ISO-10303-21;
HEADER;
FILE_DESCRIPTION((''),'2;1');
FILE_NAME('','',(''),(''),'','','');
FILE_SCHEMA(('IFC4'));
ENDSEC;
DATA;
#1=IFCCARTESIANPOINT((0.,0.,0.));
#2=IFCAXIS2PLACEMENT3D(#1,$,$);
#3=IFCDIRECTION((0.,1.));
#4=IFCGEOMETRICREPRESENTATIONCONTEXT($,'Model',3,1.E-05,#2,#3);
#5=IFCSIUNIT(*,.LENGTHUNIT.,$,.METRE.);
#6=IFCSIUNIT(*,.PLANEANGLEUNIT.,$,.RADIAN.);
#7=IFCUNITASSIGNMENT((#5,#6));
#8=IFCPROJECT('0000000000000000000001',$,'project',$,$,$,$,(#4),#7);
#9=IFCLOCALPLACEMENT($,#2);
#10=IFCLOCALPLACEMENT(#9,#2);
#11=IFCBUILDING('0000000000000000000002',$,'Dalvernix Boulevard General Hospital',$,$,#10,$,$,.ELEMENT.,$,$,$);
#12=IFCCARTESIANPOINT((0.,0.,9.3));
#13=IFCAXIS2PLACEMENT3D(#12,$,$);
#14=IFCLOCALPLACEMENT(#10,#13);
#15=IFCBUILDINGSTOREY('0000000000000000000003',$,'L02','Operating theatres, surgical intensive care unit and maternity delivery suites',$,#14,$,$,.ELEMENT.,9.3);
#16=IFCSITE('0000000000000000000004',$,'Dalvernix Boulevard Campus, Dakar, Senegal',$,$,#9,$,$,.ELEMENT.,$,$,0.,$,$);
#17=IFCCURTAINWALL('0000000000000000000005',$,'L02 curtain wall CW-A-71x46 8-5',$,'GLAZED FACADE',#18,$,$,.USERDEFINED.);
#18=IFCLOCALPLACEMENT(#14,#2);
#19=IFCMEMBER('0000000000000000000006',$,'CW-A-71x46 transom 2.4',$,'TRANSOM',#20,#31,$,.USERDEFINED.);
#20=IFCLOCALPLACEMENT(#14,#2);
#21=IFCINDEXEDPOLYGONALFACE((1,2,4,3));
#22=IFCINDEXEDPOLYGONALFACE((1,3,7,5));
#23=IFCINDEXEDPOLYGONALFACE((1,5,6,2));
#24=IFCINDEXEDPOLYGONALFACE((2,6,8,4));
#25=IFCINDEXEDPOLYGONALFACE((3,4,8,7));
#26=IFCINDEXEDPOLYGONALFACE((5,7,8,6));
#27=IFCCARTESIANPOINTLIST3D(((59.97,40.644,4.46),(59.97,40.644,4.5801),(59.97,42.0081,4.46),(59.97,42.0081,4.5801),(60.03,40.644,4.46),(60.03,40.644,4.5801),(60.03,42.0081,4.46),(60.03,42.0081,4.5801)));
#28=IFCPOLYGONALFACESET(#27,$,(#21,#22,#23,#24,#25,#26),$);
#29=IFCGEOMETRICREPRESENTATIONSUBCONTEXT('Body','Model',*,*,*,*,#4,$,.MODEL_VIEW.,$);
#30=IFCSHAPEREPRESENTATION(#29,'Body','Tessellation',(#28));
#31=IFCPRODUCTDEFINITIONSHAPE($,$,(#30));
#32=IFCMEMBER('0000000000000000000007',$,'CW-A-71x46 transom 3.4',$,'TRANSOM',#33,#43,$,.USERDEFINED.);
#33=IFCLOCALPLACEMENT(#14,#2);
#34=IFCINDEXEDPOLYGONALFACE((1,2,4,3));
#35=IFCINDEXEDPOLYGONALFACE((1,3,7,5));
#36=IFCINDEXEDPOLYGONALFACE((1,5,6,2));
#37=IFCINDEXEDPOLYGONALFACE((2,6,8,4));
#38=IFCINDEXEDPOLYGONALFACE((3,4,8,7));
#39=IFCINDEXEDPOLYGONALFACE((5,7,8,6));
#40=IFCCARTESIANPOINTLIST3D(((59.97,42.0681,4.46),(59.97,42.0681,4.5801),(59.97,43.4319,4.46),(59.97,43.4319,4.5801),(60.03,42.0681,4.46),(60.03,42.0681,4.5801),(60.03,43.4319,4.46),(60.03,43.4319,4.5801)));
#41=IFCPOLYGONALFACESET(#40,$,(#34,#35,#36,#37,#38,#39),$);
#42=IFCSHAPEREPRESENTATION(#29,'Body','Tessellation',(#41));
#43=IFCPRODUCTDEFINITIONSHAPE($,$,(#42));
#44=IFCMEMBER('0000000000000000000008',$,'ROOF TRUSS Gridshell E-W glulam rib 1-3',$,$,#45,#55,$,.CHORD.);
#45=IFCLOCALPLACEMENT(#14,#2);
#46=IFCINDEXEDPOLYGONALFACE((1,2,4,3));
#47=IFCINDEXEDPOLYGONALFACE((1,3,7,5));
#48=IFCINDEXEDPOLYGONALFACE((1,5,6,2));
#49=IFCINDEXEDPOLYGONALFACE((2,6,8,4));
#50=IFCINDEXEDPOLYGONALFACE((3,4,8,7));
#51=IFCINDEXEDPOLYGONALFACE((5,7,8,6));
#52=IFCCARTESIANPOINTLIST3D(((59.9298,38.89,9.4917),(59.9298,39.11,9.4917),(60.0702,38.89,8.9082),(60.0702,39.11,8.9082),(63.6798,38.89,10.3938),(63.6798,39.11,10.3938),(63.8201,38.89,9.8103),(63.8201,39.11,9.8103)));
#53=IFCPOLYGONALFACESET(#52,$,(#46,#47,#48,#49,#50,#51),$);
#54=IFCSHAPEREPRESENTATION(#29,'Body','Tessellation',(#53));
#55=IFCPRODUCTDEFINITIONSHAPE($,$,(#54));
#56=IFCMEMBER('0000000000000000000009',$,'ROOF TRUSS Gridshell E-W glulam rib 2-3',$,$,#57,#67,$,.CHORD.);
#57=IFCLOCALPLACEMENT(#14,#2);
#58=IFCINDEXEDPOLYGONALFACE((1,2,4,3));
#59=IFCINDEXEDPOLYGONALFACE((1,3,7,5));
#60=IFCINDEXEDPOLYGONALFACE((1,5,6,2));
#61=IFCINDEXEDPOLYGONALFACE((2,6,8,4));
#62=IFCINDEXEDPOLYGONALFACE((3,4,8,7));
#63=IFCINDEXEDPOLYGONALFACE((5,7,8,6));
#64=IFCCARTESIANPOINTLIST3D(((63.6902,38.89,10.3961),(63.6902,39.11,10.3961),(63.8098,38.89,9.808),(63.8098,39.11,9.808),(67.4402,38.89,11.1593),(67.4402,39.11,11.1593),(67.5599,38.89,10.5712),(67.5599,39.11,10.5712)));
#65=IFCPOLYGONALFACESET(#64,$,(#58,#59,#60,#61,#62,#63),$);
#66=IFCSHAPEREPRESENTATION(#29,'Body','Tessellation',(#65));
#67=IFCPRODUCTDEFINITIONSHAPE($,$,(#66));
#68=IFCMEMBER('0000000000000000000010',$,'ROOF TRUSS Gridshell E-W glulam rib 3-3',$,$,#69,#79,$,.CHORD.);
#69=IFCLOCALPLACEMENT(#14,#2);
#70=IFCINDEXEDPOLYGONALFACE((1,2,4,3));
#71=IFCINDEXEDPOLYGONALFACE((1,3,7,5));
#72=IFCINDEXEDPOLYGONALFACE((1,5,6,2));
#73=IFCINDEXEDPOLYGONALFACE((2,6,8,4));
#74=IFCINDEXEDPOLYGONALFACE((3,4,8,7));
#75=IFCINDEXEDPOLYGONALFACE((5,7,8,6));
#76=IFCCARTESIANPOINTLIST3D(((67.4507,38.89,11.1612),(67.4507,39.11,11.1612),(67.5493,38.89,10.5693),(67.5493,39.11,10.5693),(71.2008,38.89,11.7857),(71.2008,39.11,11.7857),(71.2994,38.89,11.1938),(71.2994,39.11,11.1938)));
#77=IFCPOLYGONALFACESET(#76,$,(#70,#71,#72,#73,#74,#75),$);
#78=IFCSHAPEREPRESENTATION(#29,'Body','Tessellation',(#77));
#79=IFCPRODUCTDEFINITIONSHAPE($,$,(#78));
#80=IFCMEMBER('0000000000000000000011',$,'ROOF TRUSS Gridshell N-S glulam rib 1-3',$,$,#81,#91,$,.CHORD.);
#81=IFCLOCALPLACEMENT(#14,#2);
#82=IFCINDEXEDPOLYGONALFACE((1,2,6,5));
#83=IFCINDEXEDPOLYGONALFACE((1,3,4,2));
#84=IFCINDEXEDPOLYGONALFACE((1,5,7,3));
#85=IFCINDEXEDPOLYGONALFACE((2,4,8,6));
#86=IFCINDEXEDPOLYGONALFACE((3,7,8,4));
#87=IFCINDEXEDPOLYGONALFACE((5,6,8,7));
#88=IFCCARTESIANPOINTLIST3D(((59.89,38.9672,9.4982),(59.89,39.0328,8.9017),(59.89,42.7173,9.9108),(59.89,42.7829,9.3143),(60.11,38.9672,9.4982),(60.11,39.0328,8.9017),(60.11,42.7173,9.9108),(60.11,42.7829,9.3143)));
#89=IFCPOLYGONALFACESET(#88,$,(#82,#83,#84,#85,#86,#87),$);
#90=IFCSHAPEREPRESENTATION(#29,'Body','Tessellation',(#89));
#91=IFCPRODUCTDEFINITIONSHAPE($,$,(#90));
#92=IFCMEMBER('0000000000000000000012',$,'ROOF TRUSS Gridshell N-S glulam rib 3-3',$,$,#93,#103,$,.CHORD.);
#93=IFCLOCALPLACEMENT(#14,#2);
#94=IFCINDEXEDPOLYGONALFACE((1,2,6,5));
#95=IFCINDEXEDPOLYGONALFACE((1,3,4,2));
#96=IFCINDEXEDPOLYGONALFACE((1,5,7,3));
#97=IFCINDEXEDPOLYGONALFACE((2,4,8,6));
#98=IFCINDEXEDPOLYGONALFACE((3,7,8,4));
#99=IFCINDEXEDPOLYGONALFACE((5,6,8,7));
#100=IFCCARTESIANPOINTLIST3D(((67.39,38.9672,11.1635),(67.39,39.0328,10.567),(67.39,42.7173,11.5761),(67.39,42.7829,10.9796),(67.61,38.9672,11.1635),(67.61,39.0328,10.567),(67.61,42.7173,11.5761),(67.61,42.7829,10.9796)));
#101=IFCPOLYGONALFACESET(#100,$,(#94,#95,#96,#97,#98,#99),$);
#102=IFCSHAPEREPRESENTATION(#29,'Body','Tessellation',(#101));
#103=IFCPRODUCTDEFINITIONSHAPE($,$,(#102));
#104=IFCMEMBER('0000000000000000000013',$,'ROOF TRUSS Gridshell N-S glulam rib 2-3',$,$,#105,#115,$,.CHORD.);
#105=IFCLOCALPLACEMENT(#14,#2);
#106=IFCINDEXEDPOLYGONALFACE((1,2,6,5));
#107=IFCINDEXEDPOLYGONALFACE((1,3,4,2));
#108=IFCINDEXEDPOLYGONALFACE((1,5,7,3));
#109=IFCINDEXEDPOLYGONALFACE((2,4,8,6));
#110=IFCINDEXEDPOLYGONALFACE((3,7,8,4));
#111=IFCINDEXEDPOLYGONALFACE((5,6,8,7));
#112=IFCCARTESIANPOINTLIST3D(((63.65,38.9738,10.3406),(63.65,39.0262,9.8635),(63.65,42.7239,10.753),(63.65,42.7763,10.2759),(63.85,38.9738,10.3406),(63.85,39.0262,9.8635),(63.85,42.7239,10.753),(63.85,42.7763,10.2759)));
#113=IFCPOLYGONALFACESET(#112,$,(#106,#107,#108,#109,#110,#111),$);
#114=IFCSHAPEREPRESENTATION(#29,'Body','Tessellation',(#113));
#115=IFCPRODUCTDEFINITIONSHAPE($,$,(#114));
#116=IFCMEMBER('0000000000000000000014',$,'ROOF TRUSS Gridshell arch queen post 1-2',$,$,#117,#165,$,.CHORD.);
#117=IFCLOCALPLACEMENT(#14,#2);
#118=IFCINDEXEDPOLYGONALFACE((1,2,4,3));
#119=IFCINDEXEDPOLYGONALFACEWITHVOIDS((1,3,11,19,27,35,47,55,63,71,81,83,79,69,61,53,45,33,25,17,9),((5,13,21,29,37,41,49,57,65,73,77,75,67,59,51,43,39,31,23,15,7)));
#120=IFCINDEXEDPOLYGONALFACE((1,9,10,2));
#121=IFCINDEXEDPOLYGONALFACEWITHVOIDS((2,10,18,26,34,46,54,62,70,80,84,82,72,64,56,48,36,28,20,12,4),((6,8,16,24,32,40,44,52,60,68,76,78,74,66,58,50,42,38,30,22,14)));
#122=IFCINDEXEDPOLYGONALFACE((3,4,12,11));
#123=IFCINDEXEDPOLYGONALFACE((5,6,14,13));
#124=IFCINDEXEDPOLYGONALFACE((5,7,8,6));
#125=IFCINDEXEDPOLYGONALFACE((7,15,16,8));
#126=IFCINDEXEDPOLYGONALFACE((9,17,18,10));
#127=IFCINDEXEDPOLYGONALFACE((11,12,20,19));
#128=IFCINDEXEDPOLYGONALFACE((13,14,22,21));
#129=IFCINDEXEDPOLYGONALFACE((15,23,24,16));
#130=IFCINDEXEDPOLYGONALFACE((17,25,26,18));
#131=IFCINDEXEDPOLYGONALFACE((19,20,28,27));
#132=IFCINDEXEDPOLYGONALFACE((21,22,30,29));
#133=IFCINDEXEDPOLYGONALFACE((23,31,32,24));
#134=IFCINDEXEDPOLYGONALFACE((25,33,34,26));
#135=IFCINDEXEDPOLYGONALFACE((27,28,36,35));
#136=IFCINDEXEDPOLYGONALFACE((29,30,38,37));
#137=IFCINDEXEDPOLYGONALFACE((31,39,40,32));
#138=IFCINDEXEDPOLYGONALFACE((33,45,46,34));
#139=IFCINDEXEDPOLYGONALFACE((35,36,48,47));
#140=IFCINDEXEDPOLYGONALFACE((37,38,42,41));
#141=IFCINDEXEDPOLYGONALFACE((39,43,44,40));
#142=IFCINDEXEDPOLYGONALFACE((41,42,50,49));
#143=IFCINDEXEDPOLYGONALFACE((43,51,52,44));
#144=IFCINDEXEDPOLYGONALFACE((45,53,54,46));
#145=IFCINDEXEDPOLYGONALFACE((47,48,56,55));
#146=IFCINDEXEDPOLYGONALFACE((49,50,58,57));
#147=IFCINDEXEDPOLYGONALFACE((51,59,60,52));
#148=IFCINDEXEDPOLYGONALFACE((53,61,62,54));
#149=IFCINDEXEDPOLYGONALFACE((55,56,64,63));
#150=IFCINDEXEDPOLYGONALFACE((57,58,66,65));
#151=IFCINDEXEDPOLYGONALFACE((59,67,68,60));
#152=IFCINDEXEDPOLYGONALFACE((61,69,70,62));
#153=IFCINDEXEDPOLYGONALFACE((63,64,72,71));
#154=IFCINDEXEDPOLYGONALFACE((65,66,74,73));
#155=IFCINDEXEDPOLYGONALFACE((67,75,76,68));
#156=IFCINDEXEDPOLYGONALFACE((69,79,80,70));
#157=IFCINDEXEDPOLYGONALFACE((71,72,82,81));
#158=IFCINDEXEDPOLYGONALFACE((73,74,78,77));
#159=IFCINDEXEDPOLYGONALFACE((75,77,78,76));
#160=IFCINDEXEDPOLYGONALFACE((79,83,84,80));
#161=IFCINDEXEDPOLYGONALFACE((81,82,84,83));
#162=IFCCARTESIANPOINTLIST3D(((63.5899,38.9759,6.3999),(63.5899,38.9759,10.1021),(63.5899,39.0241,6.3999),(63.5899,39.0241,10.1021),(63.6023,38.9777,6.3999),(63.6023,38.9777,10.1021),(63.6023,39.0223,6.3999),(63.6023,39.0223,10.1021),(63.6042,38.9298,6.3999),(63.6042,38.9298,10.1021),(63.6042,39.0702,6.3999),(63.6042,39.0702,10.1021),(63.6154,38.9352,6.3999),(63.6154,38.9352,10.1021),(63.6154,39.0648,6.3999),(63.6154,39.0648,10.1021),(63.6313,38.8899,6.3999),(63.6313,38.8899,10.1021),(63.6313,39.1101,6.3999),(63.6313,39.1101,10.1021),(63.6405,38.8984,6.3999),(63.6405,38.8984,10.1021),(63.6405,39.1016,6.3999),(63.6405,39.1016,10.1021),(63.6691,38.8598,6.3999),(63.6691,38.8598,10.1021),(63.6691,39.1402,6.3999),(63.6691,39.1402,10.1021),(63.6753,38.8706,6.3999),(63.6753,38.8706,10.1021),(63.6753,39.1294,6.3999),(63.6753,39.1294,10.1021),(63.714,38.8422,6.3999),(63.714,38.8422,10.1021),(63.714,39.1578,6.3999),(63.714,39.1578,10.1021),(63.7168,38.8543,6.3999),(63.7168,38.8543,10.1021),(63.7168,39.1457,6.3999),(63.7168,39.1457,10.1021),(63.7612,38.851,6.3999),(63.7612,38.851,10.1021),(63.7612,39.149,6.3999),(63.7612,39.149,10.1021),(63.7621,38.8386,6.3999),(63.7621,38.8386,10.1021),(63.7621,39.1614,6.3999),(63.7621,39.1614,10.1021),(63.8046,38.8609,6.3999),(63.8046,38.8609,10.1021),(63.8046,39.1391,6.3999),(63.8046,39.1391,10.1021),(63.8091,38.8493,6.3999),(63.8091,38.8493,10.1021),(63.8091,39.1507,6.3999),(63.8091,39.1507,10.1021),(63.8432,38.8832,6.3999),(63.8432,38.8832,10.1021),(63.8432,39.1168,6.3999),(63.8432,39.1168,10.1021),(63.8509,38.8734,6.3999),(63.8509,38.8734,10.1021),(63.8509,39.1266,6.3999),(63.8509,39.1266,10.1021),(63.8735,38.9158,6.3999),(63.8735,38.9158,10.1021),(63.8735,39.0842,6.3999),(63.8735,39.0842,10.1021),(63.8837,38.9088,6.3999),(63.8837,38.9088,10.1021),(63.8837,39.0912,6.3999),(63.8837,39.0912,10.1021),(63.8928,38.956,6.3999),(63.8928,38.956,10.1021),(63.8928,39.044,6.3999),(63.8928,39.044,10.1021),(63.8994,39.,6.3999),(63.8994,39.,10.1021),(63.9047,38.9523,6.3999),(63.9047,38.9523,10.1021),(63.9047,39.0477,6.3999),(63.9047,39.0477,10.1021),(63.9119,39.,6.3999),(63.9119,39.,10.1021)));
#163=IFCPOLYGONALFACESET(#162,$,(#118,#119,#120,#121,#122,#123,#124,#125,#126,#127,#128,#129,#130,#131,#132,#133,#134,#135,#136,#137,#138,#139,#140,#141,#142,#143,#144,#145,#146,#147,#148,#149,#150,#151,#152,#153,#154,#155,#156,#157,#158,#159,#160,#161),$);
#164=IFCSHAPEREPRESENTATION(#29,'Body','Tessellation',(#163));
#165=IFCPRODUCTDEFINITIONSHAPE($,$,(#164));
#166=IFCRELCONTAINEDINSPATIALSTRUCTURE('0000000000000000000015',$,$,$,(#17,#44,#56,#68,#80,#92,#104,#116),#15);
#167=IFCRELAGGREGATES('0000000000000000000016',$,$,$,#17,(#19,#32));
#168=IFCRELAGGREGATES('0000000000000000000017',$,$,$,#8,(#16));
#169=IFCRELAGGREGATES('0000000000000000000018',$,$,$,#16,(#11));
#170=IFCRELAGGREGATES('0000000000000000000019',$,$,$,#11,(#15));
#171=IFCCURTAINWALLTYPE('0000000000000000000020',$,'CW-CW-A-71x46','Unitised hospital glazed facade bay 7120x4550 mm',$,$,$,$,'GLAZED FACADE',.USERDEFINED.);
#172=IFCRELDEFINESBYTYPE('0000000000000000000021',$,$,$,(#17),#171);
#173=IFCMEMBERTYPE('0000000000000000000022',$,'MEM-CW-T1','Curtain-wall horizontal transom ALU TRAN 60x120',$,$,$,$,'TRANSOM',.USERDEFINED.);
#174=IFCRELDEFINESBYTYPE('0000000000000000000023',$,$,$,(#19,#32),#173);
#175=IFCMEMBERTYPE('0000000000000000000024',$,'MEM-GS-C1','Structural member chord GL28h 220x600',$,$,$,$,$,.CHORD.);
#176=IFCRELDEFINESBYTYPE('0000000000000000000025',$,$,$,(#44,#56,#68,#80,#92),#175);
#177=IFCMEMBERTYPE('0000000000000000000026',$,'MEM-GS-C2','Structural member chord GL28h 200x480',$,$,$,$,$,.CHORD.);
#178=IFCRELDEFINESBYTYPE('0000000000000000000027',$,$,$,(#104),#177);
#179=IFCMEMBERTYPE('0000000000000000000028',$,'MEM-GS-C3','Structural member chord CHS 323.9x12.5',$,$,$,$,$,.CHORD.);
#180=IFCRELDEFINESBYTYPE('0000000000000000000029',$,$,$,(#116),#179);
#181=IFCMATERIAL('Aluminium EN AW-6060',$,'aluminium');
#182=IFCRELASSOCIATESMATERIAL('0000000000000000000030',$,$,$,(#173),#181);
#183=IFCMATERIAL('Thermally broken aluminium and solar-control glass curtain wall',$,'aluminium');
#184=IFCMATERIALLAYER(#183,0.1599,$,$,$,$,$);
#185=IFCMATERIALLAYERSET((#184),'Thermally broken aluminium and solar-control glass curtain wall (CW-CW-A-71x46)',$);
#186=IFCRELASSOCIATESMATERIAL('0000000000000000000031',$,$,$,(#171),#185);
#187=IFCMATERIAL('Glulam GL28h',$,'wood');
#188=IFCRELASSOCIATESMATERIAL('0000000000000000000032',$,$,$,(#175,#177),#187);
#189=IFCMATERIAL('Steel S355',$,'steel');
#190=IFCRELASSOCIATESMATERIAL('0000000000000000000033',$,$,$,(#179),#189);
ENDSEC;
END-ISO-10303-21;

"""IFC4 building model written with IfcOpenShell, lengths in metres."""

from ifc_helpers import new_model, si_unit, direction, frame, origin, origin_2d, place, context, subcontext, project, spatial, rectangle, hollow_circle, extrude, material, layer, layer_set, material_profile, profile_set, type_object, element, aggregate, save


model = new_model("IFC4")

# Units and contexts
model_context = context("Model", 3, precision=1e-05, world=origin(), true_north=direction((0.0, 1.0)))
body_context = subcontext(model_context, "Body", "Model", "MODEL_VIEW")
ifc_project = project(units=[si_unit("LENGTHUNIT", "METRE"), si_unit("PLANEANGLEUNIT", "RADIAN")], contexts=[model_context])

# Site, building, storey
site_placement = place(None, origin())
site = spatial("IfcSite", under=ifc_project, at=site_placement, Name="Dalvernix Boulevard Campus, Dakar, Senegal", CompositionType="ELEMENT", RefElevation=0.0)
building_placement = place(site_placement, origin())
building = spatial("IfcBuilding", under=site, at=building_placement, Name="Dalvernix Boulevard General Hospital", CompositionType="ELEMENT")
storey_placement = place(building_placement, frame((0.0, 0.0, 9.3)))
storey = spatial("IfcBuildingStorey", under=building, at=storey_placement, Name="L02", Description="Operating theatres, surgical intensive care unit and maternity delivery suites", CompositionType="ELEMENT", Elevation=9.3)

# Shared definitions
ifc_material_1 = material(Name="Steel S355", Category="steel")

# Shared definitions
ifc_material_2 = material(Name="Thermally broken aluminium and solar-control glass curtain wall", Category="aluminium")
ifc_material_3 = material(Name="Aluminium EN AW-6060", Category="aluminium")
ifc_material_profile_1 = material_profile(ifc_material_3, rectangle(XDim=0.0601, YDim=0.1201, at=origin_2d()), Name="ALU TRAN 60x120")
ifc_profile_set_1 = profile_set([ifc_material_profile_1], Name="Aluminium EN AW-6060")
member_type_1 = type_object("IfcMemberType", Name="MEM-CW-T1", Description="Curtain-wall horizontal transom ALU TRAN 60x120", ElementType="TRANSOM", PredefinedType="USERDEFINED", material=ifc_profile_set_1)

# Curtain wall, members
ifc_layer_1 = layer(ifc_material_2, 0.1599)
ifc_layer_set_1 = layer_set([ifc_layer_1], Name="Thermally broken aluminium and solar-control glass curtain wall (CW-CW-A-71x46)")
curtain_wall_type_1 = type_object("IfcCurtainWallType", Name="CW-CW-A-71x46", Description="Unitised hospital glazed facade bay 7120x4550 mm", ElementType="GLAZED FACADE", PredefinedType="USERDEFINED", material=ifc_layer_set_1)
curtain_wall_1_placement = place(storey_placement, origin())
curtain_wall_1 = element("IfcCurtainWall", 1, at=curtain_wall_1_placement, inside=storey, type_object=curtain_wall_type_1, Name="L02 curtain wall CW-A-71x46 8-5", ObjectType="GLAZED FACADE", PredefinedType="USERDEFINED")
member_1_placement = place(storey_placement, frame((60.0, 40.644, 4.52), z_axis=(0.0, 1.0, 0.0), x_axis=(-1.0, 0.0, 0.0)))
member_1 = element("IfcMember", 2, at=member_1_placement, type_object=member_type_1, Name="CW-A-71x46 transom 2.4", ObjectType="TRANSOM", PredefinedType="USERDEFINED", context=body_context, shape_type="SweptSolid", body=[
    extrude(rectangle(XDim=0.0601, YDim=0.1201, at=origin_2d()), origin(), (0.0, 0.0, 1.0), 1.364),
])
member_2_placement = place(storey_placement, frame((60.0, 42.0681, 4.52), z_axis=(0.0, 1.0, 0.0), x_axis=(-1.0, 0.0, 0.0)))
member_2 = element("IfcMember", 3, at=member_2_placement, type_object=member_type_1, Name="CW-A-71x46 transom 3.4", ObjectType="TRANSOM", PredefinedType="USERDEFINED", context=body_context, shape_type="SweptSolid", body=[
    extrude(rectangle(XDim=0.0601, YDim=0.1201, at=origin_2d()), origin(), (0.0, 0.0, 1.0), 1.3638),
])

# Members
ifc_material_4 = material(Name="Glulam GL28h", Category="wood")
ifc_material_profile_2 = material_profile(ifc_material_4, rectangle(XDim=0.22, YDim=0.6001, at=origin_2d()), Name="GL28h 220x600")
ifc_profile_set_2 = profile_set([ifc_material_profile_2], Name="Glulam GL28h")
member_type_2 = type_object("IfcMemberType", Name="MEM-GS-C1", Description="Structural member chord GL28h 220x600", PredefinedType="CHORD", material=ifc_profile_set_2)
member_3_placement = place(storey_placement, frame((60.0, 39.0, 9.2), z_axis=(0.972264, 0.0, 0.233888), x_axis=(0.0, 1.0, 0.0)))
element("IfcMember", 4, at=member_3_placement, inside=storey, type_object=member_type_2, Name="ROOF TRUSS Gridshell E-W glulam rib 1-3", PredefinedType="CHORD", context=body_context, shape_type="SweptSolid", body=[
    extrude(rectangle(XDim=0.22, YDim=0.6001, at=origin_2d()), origin(), (0.0, 0.0, 1.0), 3.8569),
])
member_4_placement = place(storey_placement, frame((63.75, 39.0, 10.1021), z_axis=(0.979913, 0.0, 0.199428), x_axis=(0.0, 1.0, 0.0)))
element("IfcMember", 5, at=member_4_placement, inside=storey, type_object=member_type_2, Name="ROOF TRUSS Gridshell E-W glulam rib 2-3", PredefinedType="CHORD", context=body_context, shape_type="SweptSolid", body=[
    extrude(rectangle(XDim=0.22, YDim=0.6001, at=origin_2d()), origin(), (0.0, 0.0, 1.0), 3.8269),
])
member_5_placement = place(storey_placement, frame((67.5, 39.0, 10.8652), z_axis=(0.986415, 0.0, 0.164274), x_axis=(0.0, 1.0, 0.0)))
element("IfcMember", 6, at=member_5_placement, inside=storey, type_object=member_type_2, Name="ROOF TRUSS Gridshell E-W glulam rib 3-3", PredefinedType="CHORD", context=body_context, shape_type="SweptSolid", body=[
    extrude(rectangle(XDim=0.22, YDim=0.6001, at=origin_2d()), origin(), (0.0, 0.0, 1.0), 3.8018),
])
for number, where, z_axis, x_axis, name in (
    (7, (60.0, 39.0, 9.2), (0.0, 0.994002, 0.109366), (-1.0, 0.0, 0.0), "ROOF TRUSS Gridshell N-S glulam rib 1-3"),
    (8, (67.5, 39.0, 10.8652), (0.0, 0.994002, 0.109366), (-1.0, 0.0, 0.0), "ROOF TRUSS Gridshell N-S glulam rib 3-3"),
):
    element("IfcMember", number, at=place(storey_placement, frame(where, z_axis=z_axis, x_axis=x_axis)), inside=storey, type_object=member_type_2, Name=name, PredefinedType="CHORD", context=body_context, shape_type="SweptSolid", body=[
        extrude(rectangle(XDim=0.22, YDim=0.6001, at=origin_2d()), origin(), (0.0, 0.0, 1.0), 3.7727),
    ])
ifc_material_profile_3 = material_profile(ifc_material_4, rectangle(XDim=0.2, YDim=0.48, at=origin_2d()), Name="GL28h 200x480")
ifc_profile_set_3 = profile_set([ifc_material_profile_3], Name="Glulam GL28h")
member_type_3 = type_object("IfcMemberType", Name="MEM-GS-C2", Description="Structural member chord GL28h 200x480", PredefinedType="CHORD", material=ifc_profile_set_3)
member_6_placement = place(storey_placement, frame((63.75, 39.0, 10.1021), z_axis=(0.0, 0.994009, 0.109302), x_axis=(-1.0, 0.0, 0.0)))
element("IfcMember", 9, at=member_6_placement, inside=storey, type_object=member_type_3, Name="ROOF TRUSS Gridshell N-S glulam rib 2-3", PredefinedType="CHORD", context=body_context, shape_type="SweptSolid", body=[
    extrude(rectangle(XDim=0.2, YDim=0.48, at=origin_2d()), origin(), (0.0, 0.0, 1.0), 3.7727),
])
ifc_material_profile_4 = material_profile(ifc_material_1, hollow_circle(Radius=0.1619, WallThickness=0.0125, at=origin_2d()), Name="CHS 323.9x12.5")
ifc_profile_set_4 = profile_set([ifc_material_profile_4], Name="Steel S355")
member_type_4 = type_object("IfcMemberType", Name="MEM-GS-C3", Description="Structural member chord CHS 323.9x12.5", PredefinedType="CHORD", material=ifc_profile_set_4)
member_7_placement = place(storey_placement, frame((63.75, 39.0, 6.3999), z_axis=(0.0, 0.0, 1.0), x_axis=(1.0, 0.0, 0.0)))
element("IfcMember", 10, at=member_7_placement, inside=storey, type_object=member_type_4, Name="ROOF TRUSS Gridshell arch queen post 1-2", PredefinedType="CHORD", context=body_context, shape_type="SweptSolid", body=[
    extrude(hollow_circle(Radius=0.1619, WallThickness=0.0125, at=origin_2d()), origin(), (0.0, 0.0, 1.0), 3.7021),
])

aggregate(curtain_wall_1, [member_1, member_2])

save(model, "model.ifc")
